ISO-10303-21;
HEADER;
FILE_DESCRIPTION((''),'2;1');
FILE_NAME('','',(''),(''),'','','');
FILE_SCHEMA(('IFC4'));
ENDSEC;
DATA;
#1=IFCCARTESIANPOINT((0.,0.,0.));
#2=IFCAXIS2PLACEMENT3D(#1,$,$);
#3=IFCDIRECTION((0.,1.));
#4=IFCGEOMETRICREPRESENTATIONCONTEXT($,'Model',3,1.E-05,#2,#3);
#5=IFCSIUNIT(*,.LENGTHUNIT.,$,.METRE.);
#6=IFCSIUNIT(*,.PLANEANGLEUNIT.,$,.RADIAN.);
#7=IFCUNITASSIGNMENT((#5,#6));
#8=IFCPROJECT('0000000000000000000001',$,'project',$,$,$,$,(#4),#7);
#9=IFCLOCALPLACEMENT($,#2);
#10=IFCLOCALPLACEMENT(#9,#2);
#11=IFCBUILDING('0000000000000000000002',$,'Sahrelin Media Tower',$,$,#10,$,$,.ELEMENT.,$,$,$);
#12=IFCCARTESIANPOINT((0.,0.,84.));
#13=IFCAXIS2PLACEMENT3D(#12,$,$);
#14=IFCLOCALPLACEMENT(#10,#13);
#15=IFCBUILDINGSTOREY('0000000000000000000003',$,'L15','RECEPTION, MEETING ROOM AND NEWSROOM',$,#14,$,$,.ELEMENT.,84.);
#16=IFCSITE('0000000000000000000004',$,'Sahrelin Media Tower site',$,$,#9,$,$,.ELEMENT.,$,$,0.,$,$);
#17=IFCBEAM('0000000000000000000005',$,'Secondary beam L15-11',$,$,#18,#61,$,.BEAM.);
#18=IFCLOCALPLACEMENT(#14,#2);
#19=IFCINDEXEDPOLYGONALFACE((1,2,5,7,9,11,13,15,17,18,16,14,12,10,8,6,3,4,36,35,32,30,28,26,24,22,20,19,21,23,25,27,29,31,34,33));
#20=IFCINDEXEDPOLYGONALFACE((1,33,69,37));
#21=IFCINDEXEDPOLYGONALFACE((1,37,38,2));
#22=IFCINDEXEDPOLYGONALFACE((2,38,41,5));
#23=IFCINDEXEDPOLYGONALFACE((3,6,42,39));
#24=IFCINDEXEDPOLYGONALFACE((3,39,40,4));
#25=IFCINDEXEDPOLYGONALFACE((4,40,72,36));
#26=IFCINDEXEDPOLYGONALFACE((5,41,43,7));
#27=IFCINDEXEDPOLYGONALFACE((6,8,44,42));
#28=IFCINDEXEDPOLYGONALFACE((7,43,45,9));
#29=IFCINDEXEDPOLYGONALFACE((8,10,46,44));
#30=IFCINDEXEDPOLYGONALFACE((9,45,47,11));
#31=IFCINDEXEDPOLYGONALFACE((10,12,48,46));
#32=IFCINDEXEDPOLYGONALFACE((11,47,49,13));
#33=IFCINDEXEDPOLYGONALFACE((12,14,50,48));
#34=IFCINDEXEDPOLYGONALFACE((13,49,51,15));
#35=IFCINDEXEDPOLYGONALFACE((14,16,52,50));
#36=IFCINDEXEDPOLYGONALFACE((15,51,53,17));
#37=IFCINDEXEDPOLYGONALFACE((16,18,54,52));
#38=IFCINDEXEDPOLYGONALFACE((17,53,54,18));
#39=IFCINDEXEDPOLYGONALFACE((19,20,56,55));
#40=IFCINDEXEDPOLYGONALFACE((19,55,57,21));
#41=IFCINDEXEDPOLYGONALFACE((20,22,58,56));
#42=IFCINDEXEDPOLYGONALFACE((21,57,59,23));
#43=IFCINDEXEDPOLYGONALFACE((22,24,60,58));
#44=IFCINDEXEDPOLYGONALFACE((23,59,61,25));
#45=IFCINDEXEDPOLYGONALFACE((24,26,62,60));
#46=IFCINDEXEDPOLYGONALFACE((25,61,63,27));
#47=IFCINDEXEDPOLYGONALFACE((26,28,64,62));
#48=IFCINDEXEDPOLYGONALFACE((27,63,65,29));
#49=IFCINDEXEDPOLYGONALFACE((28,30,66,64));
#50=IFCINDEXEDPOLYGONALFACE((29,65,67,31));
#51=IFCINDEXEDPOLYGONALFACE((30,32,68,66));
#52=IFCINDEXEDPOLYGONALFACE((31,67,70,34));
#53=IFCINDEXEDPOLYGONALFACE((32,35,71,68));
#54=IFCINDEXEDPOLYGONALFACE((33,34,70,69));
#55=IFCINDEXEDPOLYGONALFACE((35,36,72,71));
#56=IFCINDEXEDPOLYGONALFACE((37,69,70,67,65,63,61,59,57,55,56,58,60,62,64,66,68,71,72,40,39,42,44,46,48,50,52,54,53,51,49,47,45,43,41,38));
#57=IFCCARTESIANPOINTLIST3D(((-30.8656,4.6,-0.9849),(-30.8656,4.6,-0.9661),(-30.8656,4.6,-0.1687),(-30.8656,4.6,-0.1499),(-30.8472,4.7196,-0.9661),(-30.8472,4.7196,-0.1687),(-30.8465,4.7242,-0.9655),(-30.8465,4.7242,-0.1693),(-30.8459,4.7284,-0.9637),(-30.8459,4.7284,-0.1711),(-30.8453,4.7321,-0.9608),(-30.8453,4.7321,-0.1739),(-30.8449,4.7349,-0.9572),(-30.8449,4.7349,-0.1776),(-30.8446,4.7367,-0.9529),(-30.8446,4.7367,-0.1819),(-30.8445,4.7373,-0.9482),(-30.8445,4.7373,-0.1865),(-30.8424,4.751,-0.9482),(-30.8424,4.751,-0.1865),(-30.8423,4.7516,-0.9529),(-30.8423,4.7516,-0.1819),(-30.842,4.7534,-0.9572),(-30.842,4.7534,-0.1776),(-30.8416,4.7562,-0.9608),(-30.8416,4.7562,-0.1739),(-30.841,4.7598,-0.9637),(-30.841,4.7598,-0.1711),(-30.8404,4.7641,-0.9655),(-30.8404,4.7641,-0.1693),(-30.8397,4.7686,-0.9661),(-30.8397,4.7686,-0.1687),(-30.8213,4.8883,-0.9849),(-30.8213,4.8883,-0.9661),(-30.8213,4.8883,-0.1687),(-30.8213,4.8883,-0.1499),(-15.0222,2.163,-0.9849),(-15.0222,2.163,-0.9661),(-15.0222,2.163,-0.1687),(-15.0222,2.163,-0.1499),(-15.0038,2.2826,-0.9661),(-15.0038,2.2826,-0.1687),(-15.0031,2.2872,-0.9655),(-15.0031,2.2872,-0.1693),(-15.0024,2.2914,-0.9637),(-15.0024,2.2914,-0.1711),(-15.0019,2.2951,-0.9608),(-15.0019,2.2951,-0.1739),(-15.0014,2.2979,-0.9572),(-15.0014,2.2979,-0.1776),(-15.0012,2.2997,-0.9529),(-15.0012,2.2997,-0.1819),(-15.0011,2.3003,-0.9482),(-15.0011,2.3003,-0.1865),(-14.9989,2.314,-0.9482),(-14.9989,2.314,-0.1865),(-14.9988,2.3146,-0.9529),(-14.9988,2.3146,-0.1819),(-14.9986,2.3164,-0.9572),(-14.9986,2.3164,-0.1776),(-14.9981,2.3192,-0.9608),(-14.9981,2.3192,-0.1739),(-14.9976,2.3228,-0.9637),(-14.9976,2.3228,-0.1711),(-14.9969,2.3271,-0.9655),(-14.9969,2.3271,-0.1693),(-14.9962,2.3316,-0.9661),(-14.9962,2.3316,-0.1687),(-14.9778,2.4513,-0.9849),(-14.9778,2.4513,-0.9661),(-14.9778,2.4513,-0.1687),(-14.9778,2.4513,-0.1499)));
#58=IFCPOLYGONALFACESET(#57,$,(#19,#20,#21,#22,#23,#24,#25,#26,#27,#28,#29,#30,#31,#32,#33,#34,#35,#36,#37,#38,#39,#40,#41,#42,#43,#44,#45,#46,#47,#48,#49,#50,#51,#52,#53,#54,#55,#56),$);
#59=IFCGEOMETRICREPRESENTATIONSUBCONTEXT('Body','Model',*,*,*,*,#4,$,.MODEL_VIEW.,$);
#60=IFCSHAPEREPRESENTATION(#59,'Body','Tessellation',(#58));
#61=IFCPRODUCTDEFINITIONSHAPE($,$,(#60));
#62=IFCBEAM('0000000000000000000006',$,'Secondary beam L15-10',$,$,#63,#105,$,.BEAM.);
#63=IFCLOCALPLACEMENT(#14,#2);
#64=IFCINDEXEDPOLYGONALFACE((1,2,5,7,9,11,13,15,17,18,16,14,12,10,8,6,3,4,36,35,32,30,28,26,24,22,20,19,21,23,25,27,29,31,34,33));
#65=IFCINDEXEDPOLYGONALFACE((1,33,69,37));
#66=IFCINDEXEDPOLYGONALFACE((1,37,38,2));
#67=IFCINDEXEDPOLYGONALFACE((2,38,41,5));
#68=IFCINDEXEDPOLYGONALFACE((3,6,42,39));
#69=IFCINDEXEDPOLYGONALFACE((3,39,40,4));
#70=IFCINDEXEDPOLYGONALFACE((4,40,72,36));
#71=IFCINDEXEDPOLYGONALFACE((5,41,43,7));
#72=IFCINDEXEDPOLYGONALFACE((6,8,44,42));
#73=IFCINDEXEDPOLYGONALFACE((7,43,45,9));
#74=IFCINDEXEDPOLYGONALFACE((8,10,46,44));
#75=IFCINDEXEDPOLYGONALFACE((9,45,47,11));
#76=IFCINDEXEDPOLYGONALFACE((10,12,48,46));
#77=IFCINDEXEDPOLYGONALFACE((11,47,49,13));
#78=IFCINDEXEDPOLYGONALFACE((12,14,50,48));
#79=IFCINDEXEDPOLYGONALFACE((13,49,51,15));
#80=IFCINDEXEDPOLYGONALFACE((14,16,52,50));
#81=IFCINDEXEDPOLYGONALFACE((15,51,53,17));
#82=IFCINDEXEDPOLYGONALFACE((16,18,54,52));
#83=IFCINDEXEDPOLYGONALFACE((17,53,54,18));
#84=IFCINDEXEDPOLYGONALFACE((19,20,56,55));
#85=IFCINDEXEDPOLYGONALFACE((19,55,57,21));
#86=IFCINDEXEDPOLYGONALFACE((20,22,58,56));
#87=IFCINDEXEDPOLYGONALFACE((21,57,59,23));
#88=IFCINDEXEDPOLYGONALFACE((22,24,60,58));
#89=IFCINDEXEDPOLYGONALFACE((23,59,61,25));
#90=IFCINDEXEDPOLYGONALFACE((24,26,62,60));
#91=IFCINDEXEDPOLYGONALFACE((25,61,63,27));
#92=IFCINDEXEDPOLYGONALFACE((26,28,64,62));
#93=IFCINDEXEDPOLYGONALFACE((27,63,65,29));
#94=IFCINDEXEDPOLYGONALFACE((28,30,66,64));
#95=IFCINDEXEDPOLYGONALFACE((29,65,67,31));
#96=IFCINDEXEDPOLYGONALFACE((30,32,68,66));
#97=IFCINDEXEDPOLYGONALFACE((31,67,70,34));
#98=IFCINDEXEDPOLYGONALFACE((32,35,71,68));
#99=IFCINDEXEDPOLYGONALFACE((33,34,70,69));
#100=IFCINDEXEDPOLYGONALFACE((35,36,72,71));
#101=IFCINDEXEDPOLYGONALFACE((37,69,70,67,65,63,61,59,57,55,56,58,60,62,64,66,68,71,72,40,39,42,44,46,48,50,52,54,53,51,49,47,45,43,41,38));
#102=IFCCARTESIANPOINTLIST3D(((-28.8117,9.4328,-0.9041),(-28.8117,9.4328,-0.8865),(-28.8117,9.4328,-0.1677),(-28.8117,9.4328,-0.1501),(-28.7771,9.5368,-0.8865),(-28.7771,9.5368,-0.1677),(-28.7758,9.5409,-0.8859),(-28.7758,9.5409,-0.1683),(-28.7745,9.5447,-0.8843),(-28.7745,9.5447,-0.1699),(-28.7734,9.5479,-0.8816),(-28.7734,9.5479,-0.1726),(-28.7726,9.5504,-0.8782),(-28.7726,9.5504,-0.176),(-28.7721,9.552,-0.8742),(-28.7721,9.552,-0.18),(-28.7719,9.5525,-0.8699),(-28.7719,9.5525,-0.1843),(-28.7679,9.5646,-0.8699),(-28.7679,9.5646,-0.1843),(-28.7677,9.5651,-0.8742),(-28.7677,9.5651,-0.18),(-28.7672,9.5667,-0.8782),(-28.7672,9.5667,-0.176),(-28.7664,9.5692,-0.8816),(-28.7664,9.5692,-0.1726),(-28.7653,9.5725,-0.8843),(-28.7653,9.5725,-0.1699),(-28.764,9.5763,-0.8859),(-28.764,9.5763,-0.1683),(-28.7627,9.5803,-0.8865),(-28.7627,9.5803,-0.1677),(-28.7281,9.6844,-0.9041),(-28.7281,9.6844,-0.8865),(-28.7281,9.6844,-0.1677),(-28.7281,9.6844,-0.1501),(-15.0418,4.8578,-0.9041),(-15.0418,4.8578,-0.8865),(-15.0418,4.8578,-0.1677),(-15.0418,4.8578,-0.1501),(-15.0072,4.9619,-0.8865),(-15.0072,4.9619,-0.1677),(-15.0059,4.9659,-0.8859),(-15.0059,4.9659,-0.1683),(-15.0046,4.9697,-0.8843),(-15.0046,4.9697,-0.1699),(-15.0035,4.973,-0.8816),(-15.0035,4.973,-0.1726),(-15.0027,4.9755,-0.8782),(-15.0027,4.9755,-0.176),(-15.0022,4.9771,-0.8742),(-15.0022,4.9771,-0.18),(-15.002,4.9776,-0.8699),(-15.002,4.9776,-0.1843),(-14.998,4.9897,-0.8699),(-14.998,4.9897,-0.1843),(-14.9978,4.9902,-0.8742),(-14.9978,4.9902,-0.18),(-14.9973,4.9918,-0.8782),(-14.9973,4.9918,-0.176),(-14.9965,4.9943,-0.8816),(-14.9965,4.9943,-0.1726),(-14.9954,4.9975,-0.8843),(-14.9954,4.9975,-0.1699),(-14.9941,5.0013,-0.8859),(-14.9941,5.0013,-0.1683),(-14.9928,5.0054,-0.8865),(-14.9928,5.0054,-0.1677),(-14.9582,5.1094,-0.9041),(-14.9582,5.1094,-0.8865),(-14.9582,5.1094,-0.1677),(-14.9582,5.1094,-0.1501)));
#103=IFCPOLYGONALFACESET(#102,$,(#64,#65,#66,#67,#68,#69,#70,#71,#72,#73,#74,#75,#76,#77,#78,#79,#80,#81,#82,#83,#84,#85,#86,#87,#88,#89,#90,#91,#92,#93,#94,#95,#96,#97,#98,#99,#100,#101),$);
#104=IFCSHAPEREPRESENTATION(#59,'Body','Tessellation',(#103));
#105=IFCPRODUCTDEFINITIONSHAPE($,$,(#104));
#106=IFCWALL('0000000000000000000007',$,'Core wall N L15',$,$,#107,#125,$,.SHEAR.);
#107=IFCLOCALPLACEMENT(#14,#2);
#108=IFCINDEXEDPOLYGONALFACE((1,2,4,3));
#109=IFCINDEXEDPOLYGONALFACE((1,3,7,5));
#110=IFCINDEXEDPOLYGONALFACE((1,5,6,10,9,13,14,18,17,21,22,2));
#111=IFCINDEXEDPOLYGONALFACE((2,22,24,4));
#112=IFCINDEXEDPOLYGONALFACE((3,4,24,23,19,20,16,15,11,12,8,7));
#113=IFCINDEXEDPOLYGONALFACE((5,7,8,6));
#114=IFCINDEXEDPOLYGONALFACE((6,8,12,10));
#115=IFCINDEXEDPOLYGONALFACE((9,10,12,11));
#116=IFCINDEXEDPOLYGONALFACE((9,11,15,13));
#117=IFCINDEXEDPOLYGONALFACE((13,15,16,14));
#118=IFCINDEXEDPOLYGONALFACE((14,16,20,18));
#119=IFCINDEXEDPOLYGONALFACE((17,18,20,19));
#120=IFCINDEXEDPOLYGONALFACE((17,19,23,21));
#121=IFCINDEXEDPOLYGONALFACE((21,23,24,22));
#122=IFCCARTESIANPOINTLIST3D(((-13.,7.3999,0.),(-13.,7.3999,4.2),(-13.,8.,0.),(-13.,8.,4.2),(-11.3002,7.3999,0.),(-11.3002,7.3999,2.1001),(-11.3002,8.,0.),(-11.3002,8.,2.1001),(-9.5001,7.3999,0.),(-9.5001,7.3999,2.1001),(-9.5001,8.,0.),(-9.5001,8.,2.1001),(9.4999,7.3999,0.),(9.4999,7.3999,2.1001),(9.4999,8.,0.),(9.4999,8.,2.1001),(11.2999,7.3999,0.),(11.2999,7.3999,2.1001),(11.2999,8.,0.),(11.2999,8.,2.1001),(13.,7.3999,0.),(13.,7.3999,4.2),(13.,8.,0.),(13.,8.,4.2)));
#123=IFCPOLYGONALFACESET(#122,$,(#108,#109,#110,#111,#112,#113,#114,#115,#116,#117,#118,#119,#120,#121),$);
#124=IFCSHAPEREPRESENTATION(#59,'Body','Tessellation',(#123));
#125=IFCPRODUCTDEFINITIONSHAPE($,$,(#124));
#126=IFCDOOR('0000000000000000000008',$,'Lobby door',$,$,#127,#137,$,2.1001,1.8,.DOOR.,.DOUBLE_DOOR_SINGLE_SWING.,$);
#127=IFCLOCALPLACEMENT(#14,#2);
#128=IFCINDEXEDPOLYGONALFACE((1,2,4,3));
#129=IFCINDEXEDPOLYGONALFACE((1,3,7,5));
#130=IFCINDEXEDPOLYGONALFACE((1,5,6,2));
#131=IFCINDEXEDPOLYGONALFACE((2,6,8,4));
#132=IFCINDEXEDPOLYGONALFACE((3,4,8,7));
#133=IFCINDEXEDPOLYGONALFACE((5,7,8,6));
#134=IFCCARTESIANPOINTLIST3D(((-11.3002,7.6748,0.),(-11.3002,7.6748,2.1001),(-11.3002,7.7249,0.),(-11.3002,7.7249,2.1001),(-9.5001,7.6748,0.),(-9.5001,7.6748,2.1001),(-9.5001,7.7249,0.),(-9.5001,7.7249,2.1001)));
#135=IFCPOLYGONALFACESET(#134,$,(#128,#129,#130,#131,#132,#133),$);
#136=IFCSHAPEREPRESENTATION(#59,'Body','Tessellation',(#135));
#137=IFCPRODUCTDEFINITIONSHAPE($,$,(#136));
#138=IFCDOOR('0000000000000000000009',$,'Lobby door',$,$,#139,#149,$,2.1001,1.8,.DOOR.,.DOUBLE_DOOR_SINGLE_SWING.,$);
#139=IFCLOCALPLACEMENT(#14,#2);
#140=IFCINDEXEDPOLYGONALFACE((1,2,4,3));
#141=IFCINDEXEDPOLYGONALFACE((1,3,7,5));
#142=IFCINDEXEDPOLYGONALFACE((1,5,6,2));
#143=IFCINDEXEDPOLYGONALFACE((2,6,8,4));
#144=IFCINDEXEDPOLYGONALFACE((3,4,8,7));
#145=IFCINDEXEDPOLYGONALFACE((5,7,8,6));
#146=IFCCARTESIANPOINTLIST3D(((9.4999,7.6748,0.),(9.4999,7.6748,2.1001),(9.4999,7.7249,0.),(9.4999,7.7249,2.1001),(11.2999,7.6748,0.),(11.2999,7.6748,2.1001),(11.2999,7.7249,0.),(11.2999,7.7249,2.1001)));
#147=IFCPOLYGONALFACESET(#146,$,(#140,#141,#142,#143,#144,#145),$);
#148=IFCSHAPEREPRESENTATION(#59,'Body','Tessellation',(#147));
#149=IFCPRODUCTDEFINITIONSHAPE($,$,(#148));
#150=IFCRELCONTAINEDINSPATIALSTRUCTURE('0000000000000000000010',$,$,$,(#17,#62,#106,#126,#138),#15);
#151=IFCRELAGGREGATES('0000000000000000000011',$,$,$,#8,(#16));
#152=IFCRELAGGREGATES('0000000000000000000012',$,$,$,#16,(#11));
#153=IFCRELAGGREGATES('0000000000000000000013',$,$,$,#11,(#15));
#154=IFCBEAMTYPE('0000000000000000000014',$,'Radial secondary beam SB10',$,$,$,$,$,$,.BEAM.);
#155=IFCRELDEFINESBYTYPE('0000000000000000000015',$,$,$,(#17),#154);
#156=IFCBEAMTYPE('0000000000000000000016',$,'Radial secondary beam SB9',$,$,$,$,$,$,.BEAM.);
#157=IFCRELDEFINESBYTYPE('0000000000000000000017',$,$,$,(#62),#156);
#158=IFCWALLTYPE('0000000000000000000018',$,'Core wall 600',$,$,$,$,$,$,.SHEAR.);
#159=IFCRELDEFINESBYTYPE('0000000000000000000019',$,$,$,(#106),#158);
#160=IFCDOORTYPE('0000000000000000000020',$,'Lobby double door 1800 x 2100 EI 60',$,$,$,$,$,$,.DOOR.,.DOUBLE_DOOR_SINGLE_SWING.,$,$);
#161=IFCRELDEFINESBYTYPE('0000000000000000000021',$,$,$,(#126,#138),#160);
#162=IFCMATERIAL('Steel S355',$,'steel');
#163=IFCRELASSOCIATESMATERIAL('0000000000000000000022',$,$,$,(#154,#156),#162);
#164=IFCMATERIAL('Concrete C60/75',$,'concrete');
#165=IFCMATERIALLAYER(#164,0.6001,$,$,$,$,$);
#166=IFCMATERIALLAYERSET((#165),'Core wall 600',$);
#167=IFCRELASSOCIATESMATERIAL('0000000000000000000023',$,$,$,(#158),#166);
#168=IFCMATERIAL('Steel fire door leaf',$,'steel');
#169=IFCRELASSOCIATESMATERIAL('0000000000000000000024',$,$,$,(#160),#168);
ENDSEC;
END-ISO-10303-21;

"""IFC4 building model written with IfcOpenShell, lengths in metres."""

from ifc_helpers import new_model, si_unit, direction, frame, frame_2d, origin, origin_2d, place, context, subcontext, project, spatial, rectangle, i_section, extrude, material, layer, layer_set, material_profile, profile_set, type_object, element, fill, save


model = new_model("IFC4")

# Units and contexts
model_context = context("Model", 3, precision=1e-05, world=origin(), true_north=direction((0.0, 1.0)))
body_context = subcontext(model_context, "Body", "Model", "MODEL_VIEW")
ifc_project = project(units=[si_unit("LENGTHUNIT", "METRE"), si_unit("PLANEANGLEUNIT", "RADIAN")], contexts=[model_context])

# Site, building, storey
site_placement = place(None, origin())
site = spatial("IfcSite", under=ifc_project, at=site_placement, Name="Sahrelin Media Tower site", CompositionType="ELEMENT", RefElevation=0.0)
building_placement = place(site_placement, origin())
building = spatial("IfcBuilding", under=site, at=building_placement, Name="Sahrelin Media Tower", CompositionType="ELEMENT")
storey_placement = place(building_placement, frame((0.0, 0.0, 84.0)))
storey = spatial("IfcBuildingStorey", under=building, at=storey_placement, Name="L15", Description="RECEPTION, MEETING ROOM AND NEWSROOM", CompositionType="ELEMENT", Elevation=84.0)

# Beams
ifc_material_1 = material(Name="Steel S355", Category="steel")
ifc_material_profile_1 = material_profile(ifc_material_1, i_section(OverallWidth=0.2917, OverallDepth=0.835, WebThickness=0.0139, FlangeThickness=0.0188, FilletRadius=0.0178, at=origin_2d()), Name="UB 838x292x176")
ifc_profile_set_1 = profile_set([ifc_material_profile_1], Name="Steel S355")
beam_type_1 = type_object("IfcBeamType", Name="Radial secondary beam SB10", PredefinedType="BEAM", material=ifc_profile_set_1)
beam_1_placement = place(storey_placement, frame((-15.0, 2.3071, -0.5674), z_axis=(-0.988376, 0.15203, 0.0), x_axis=(-0.15203, -0.988376, 0.0)))
element("IfcBeam", 1, at=beam_1_placement, inside=storey, type_object=beam_type_1, Name="Secondary beam L15-11", PredefinedType="BEAM", context=body_context, shape_type="SweptSolid", body=[
    extrude(i_section(OverallWidth=0.2917, OverallDepth=0.835, WebThickness=0.0139, FlangeThickness=0.0188, FilletRadius=0.0178, at=origin_2d()), origin(), (0.0, 0.0, 1.0), 16.0298),
])
ifc_material_profile_2 = material_profile(ifc_material_1, i_section(OverallWidth=0.2651, OverallDepth=0.7539, WebThickness=0.0127, FlangeThickness=0.0176, FilletRadius=0.0166, at=origin_2d()), Name="UB 762x267x147")
ifc_profile_set_2 = profile_set([ifc_material_profile_2], Name="Steel S355")
beam_type_2 = type_object("IfcBeamType", Name="Radial secondary beam SB9", PredefinedType="BEAM", material=ifc_profile_set_2)
beam_2_placement = place(storey_placement, frame((-15.0, 4.9836, -0.5271), z_axis=(-0.948994, 0.315294, 0.0), x_axis=(-0.315294, -0.948994, 0.0)))
element("IfcBeam", 2, at=beam_2_placement, inside=storey, type_object=beam_type_2, Name="Secondary beam L15-10", PredefinedType="BEAM", context=body_context, shape_type="SweptSolid", body=[
    extrude(i_section(OverallWidth=0.2651, OverallDepth=0.7539, WebThickness=0.0127, FlangeThickness=0.0176, FilletRadius=0.0166, at=origin_2d()), origin(), (0.0, 0.0, 1.0), 14.51),
])

# Wall, openings, doors
ifc_material_2 = material(Name="Concrete C60/75", Category="concrete")
ifc_layer_1 = layer(ifc_material_2, 0.6001)
ifc_layer_set_1 = layer_set([ifc_layer_1], Name="Core wall 600")
wall_type_1 = type_object("IfcWallType", Name="Core wall 600", PredefinedType="SHEAR", material=ifc_layer_set_1)
wall_1_placement = place(storey_placement, frame((-13.0, 7.7, 0.0), z_axis=(0.0, 0.0, 1.0), x_axis=(1.0, 0.0, 0.0)))
wall_1 = element("IfcWall", 3, at=wall_1_placement, inside=storey, type_object=wall_type_1, Name="Core wall N L15", PredefinedType="SHEAR", context=body_context, shape_type="SweptSolid", body=[
    extrude(rectangle(XDim=26.0, YDim=0.6001, at=frame_2d((13.0, 0.0))), origin(), (0.0, 0.0, 1.0), 4.2),
])
opening_1_placement = place(wall_1_placement, frame((1.7, 0.0, 0.0)))
opening_1 = element("IfcOpeningElement", 4, at=opening_1_placement, cuts=wall_1, PredefinedType="OPENING", context=body_context, shape_type="SweptSolid", body=[
    extrude(rectangle(XDim=1.8, YDim=2.1001, at=frame_2d((0.8999, 1.05))), frame((0.0, 0.3, 0.0), z_axis=(0.0, -1.0, 0.0), x_axis=(1.0, 0.0, 0.0)), (0.0, 0.0, 1.0), 0.6001),
])
opening_2_placement = place(wall_1_placement, frame((22.5, 0.0, 0.0)))
opening_2 = element("IfcOpeningElement", 5, at=opening_2_placement, cuts=wall_1, PredefinedType="OPENING", context=body_context, shape_type="SweptSolid", body=[
    extrude(rectangle(XDim=1.8, YDim=2.1001, at=frame_2d((0.8999, 1.05))), frame((0.0, 0.3, 0.0), z_axis=(0.0, -1.0, 0.0), x_axis=(1.0, 0.0, 0.0)), (0.0, 0.0, 1.0), 0.6001),
])
ifc_material_3 = material(Name="Steel fire door leaf", Category="steel")
door_type_1 = type_object("IfcDoorType", Name="Lobby double door 1800 x 2100 EI 60", OperationType="DOUBLE_DOOR_SINGLE_SWING", PredefinedType="DOOR", material=ifc_material_3)
door_1_placement = place(opening_1_placement, origin())
door_1 = element("IfcDoor", 6, at=door_1_placement, inside=storey, type_object=door_type_1, Name="Lobby door", OperationType="DOUBLE_DOOR_SINGLE_SWING", OverallHeight=2.1001, OverallWidth=1.8, PredefinedType="DOOR", context=body_context, shape_type="SweptSolid", body=[
    extrude(rectangle(XDim=1.8, YDim=2.1001, at=frame_2d((0.8999, 1.05))), frame((0.0, 0.0249, 0.0), z_axis=(0.0, -1.0, 0.0), x_axis=(1.0, 0.0, 0.0)), (0.0, 0.0, 1.0), 0.05),
])
fill(opening_1, door_1)
door_2_placement = place(opening_2_placement, origin())
door_2 = element("IfcDoor", 7, at=door_2_placement, inside=storey, type_object=door_type_1, Name="Lobby door", OperationType="DOUBLE_DOOR_SINGLE_SWING", OverallHeight=2.1001, OverallWidth=1.8, PredefinedType="DOOR", context=body_context, shape_type="SweptSolid", body=[
    extrude(rectangle(XDim=1.8, YDim=2.1001, at=frame_2d((0.8999, 1.05))), frame((0.0, 0.0249, 0.0), z_axis=(0.0, -1.0, 0.0), x_axis=(1.0, 0.0, 0.0)), (0.0, 0.0, 1.0), 0.05),
])
fill(opening_2, door_2)

save(model, "model.ifc")
